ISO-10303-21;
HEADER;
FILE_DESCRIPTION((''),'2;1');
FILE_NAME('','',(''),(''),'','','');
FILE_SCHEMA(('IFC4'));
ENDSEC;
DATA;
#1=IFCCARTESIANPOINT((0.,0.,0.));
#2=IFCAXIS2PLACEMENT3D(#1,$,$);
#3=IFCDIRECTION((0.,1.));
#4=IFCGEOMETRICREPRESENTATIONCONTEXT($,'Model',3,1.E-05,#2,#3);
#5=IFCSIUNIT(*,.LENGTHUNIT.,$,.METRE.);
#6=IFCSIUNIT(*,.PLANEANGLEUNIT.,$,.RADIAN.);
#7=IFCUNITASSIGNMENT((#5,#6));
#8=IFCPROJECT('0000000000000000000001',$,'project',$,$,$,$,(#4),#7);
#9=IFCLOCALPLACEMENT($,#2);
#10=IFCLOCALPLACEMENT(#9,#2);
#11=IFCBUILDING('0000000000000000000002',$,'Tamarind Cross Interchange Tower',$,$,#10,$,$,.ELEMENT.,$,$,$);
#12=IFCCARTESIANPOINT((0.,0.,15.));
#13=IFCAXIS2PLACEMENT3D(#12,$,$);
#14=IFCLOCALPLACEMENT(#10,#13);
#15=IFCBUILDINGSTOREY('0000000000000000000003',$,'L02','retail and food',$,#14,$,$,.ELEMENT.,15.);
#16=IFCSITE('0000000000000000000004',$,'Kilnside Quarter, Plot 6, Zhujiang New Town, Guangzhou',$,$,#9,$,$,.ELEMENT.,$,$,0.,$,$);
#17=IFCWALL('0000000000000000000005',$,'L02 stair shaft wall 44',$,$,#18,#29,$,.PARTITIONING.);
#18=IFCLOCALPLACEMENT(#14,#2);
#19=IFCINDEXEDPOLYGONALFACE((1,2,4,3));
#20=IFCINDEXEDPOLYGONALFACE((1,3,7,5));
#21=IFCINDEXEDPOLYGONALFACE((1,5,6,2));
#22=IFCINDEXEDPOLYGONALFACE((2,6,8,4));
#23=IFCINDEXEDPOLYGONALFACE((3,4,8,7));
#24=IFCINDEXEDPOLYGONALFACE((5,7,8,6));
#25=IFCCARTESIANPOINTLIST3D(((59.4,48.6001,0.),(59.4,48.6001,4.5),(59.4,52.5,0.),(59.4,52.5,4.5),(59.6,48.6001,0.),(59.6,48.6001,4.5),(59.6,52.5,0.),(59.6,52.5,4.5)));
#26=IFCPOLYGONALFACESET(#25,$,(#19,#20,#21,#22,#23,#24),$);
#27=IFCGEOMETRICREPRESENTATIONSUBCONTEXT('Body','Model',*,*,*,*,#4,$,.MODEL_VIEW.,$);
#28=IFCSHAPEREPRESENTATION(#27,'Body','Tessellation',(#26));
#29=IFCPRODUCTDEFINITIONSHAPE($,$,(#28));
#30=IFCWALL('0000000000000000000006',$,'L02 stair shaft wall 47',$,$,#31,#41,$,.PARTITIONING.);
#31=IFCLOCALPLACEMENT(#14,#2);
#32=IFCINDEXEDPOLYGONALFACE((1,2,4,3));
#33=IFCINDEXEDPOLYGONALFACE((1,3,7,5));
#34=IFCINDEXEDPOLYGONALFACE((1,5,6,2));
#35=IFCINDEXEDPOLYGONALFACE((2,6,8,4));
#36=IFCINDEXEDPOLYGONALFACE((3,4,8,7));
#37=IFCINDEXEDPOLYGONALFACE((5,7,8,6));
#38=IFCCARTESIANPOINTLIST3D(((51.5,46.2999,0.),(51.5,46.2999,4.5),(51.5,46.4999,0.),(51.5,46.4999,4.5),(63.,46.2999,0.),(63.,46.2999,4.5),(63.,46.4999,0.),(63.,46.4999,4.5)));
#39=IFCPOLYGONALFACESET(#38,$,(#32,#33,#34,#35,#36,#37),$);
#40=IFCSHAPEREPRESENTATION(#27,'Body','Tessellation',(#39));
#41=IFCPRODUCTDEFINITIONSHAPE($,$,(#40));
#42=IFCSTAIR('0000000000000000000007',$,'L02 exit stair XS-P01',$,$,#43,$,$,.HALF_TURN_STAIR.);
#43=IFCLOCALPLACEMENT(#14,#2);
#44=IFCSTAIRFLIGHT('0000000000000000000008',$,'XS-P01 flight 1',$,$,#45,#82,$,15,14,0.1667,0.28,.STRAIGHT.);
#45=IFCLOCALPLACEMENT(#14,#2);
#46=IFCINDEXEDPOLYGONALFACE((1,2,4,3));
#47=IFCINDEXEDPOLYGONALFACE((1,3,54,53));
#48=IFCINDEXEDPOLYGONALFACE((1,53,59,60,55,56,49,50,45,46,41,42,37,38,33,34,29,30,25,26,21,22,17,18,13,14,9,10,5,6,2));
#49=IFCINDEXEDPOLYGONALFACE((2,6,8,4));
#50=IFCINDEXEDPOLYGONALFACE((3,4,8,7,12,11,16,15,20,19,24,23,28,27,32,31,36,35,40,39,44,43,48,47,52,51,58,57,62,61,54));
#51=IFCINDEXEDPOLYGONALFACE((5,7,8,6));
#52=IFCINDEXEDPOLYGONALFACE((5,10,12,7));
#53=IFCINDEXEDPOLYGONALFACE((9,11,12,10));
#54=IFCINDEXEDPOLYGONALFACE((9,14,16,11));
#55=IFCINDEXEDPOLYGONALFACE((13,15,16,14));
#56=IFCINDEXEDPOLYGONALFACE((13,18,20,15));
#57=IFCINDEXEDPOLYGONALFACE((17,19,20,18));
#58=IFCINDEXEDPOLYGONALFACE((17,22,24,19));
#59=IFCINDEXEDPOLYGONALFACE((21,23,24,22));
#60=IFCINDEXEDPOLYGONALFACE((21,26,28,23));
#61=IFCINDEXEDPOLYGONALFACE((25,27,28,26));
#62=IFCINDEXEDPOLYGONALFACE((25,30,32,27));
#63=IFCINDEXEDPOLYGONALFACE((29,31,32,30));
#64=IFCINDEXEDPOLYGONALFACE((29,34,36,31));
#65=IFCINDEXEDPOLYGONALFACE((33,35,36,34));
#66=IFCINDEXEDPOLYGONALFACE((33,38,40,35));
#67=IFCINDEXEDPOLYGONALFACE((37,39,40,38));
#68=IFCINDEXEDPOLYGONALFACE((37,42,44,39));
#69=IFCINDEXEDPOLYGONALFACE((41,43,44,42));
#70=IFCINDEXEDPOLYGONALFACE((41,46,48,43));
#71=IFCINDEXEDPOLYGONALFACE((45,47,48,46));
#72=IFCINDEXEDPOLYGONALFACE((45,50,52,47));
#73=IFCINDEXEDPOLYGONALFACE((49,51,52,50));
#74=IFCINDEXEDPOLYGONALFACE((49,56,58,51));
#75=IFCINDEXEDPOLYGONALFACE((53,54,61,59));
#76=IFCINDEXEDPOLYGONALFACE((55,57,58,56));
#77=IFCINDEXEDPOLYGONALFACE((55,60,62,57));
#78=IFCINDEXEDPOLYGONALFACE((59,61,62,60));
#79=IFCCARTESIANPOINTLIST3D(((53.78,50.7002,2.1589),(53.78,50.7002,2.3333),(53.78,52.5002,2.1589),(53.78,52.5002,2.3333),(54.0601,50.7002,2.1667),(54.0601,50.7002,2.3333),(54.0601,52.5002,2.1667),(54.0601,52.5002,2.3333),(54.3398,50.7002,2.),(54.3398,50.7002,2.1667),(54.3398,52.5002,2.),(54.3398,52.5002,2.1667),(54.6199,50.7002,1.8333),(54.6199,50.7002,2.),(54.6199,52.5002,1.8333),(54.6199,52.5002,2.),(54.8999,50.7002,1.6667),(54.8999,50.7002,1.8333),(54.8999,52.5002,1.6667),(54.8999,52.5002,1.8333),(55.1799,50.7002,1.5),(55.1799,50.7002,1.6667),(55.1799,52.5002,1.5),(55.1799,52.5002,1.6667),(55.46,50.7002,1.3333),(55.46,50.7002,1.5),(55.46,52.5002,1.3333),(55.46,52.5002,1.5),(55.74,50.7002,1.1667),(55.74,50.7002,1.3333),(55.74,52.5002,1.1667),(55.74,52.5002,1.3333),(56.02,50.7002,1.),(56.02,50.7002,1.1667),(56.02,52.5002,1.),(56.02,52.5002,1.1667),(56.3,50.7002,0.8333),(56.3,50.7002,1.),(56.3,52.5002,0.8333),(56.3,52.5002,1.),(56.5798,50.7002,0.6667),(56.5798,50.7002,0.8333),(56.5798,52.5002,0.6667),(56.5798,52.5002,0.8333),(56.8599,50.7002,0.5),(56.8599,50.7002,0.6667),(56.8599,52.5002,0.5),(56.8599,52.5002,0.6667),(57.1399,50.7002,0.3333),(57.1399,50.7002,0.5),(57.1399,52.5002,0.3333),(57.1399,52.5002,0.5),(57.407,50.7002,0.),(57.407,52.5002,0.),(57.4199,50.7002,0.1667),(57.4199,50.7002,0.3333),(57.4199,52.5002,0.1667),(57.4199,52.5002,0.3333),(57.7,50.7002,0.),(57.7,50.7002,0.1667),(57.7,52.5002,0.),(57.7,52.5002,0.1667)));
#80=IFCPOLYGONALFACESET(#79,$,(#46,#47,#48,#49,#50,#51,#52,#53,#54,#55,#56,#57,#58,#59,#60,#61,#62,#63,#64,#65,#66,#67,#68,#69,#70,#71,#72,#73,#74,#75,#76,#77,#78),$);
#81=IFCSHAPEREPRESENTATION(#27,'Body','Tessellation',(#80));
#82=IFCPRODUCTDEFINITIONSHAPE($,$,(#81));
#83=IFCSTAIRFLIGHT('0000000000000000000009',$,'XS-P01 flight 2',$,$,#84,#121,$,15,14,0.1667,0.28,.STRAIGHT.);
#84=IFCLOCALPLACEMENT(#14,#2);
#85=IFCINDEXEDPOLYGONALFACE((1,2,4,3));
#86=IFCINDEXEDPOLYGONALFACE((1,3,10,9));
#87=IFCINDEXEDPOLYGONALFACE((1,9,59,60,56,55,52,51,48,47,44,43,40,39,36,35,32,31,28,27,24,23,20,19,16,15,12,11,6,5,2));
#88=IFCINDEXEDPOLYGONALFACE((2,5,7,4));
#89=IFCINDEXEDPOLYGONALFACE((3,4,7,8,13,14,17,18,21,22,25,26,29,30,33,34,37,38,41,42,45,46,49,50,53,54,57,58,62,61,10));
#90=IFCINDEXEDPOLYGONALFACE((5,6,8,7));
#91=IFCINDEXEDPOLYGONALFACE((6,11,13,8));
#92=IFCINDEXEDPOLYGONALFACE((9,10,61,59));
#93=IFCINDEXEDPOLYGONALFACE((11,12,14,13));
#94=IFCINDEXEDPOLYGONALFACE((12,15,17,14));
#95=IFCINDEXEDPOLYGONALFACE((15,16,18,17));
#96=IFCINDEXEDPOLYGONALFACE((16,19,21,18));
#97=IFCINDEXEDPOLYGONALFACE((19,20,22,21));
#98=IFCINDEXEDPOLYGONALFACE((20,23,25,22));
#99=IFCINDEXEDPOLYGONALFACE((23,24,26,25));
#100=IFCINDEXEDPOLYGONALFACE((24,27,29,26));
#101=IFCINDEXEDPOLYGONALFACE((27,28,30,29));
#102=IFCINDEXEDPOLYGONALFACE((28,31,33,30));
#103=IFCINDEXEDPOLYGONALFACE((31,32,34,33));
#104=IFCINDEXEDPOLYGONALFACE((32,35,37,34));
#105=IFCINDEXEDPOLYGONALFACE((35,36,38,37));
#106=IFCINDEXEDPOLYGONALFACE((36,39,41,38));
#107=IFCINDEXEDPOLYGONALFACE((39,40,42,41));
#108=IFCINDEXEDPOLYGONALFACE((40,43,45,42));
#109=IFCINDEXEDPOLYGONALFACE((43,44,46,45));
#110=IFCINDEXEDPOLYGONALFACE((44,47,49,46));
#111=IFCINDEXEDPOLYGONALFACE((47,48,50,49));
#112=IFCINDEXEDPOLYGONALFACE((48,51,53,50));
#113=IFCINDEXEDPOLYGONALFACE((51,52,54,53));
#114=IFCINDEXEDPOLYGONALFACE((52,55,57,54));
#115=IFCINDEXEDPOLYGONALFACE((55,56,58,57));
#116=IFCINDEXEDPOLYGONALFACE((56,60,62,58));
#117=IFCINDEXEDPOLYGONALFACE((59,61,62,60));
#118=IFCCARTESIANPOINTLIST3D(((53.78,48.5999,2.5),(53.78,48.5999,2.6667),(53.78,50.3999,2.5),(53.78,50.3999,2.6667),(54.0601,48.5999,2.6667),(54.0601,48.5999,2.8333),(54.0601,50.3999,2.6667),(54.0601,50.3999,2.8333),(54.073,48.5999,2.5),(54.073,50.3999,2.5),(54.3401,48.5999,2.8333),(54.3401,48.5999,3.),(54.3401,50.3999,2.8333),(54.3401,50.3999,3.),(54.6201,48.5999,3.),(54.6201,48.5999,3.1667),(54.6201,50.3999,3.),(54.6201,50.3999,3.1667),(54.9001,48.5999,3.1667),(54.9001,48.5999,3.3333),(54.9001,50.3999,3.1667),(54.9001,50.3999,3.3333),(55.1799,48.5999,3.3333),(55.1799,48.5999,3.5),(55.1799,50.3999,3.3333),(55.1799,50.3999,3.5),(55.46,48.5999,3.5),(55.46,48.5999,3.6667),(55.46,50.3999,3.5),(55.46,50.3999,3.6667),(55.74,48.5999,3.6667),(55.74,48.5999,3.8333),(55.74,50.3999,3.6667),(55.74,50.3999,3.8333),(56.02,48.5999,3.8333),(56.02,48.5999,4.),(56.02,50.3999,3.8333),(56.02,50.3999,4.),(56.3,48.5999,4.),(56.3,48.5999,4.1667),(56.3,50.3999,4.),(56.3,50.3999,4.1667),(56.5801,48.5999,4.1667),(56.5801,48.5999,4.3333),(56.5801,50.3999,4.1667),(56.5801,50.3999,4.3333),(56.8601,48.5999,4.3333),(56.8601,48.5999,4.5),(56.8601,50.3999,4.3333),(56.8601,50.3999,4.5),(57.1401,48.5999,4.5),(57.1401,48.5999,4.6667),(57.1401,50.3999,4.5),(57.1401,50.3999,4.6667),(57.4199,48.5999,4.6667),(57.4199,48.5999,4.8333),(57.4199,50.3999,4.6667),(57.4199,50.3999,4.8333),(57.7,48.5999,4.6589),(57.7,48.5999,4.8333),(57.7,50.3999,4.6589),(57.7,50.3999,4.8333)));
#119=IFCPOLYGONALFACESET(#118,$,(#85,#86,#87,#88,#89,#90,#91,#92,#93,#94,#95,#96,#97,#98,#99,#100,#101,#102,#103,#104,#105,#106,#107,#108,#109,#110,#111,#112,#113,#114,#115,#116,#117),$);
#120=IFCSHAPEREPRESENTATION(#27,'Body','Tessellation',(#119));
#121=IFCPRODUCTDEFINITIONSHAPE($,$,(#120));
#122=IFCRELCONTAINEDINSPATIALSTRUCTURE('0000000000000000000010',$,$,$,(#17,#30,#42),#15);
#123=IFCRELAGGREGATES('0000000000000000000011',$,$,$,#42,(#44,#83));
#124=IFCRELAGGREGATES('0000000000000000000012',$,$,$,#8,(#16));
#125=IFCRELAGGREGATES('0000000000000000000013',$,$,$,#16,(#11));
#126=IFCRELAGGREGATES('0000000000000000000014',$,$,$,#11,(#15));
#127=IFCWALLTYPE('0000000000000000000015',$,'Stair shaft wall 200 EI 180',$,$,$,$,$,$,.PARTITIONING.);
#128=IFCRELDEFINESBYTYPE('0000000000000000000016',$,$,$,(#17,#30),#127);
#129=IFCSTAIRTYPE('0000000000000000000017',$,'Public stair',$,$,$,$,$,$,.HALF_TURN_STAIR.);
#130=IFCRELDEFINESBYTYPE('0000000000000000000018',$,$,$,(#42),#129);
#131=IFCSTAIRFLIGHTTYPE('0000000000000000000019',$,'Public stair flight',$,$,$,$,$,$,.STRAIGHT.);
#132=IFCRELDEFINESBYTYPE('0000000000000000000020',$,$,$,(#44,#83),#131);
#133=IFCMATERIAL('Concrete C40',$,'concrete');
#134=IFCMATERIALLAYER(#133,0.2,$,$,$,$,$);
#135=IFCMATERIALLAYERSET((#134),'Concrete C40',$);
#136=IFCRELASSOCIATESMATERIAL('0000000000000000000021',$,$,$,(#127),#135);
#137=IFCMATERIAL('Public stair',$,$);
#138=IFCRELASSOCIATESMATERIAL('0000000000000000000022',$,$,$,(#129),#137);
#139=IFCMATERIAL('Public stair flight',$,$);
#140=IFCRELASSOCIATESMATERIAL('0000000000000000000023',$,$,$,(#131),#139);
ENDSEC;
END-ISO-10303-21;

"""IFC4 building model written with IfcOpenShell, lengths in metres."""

from ifc_helpers import new_model, si_unit, direction, frame, frame_2d, origin, place, context, subcontext, project, spatial, polyline, rectangle, outline, extrude, material, layer, layer_set, type_object, element, aggregate, save


model = new_model("IFC4")

# Units and contexts
model_context = context("Model", 3, precision=1e-05, world=origin(), true_north=direction((0.0, 1.0)))
body_context = subcontext(model_context, "Body", "Model", "MODEL_VIEW")
ifc_project = project(units=[si_unit("LENGTHUNIT", "METRE"), si_unit("PLANEANGLEUNIT", "RADIAN")], contexts=[model_context])

# Site, building, storey
site_placement = place(None, origin())
site = spatial("IfcSite", under=ifc_project, at=site_placement, Name="Kilnside Quarter, Plot 6, Zhujiang New Town, Guangzhou", CompositionType="ELEMENT", RefElevation=0.0)
building_placement = place(site_placement, origin())
building = spatial("IfcBuilding", under=site, at=building_placement, Name="Tamarind Cross Interchange Tower", CompositionType="ELEMENT")
storey_placement = place(building_placement, frame((0.0, 0.0, 15.0)))
storey = spatial("IfcBuildingStorey", under=building, at=storey_placement, Name="L02", Description="retail and food", CompositionType="ELEMENT", Elevation=15.0)

# Shared definitions
ifc_material_1 = material(Name="Concrete C40", Category="concrete")
ifc_layer_1 = layer(ifc_material_1, 0.2)
ifc_layer_set_1 = layer_set([ifc_layer_1], Name="Concrete C40")
wall_type_1 = type_object("IfcWallType", Name="Stair shaft wall 200 EI 180", PredefinedType="PARTITIONING", material=ifc_layer_set_1)

# Walls
wall_1_placement = place(storey_placement, frame((59.5, 48.6001, 0.0), z_axis=(0.0, 0.0, 1.0), x_axis=(0.0, 1.0, 0.0)))
element("IfcWall", 1, at=wall_1_placement, inside=storey, type_object=wall_type_1, Name="L02 stair shaft wall 44", PredefinedType="PARTITIONING", context=body_context, shape_type="SweptSolid", body=[
    extrude(rectangle(XDim=3.8999, YDim=0.2, at=frame_2d((1.95, 0.0))), origin(), (0.0, 0.0, 1.0), 4.5),
])
wall_2_placement = place(storey_placement, frame((51.5, 46.3999, 0.0), z_axis=(0.0, 0.0, 1.0), x_axis=(1.0, 0.0, 0.0)))
element("IfcWall", 2, at=wall_2_placement, inside=storey, type_object=wall_type_1, Name="L02 stair shaft wall 47", PredefinedType="PARTITIONING", context=body_context, shape_type="SweptSolid", body=[
    extrude(rectangle(XDim=11.5, YDim=0.2, at=frame_2d((5.75, 0.0))), origin(), (0.0, 0.0, 1.0), 4.5),
])

# Stair, stair flights
ifc_material_2 = material(Name="Public stair")
stair_type = type_object("IfcStairType", Name="Public stair", PredefinedType="HALF_TURN_STAIR", material=ifc_material_2)
stair_placement = place(storey_placement, origin())
stair = element("IfcStair", 3, at=stair_placement, inside=storey, type_object=stair_type, Name="L02 exit stair XS-P01", PredefinedType="HALF_TURN_STAIR")
ifc_material_3 = material(Name="Public stair flight")
stair_flight_type = type_object("IfcStairFlightType", Name="Public stair flight", PredefinedType="STRAIGHT", material=ifc_material_3)
stair_flight_1_placement = place(storey_placement, frame((57.7, 51.6001, 0.0), z_axis=(0.0, 0.0, 1.0), x_axis=(-1.0, 0.0, 0.0)))
stair_flight_1 = element("IfcStairFlight", 4, at=stair_flight_1_placement, type_object=stair_flight_type, Name="XS-P01 flight 1", NumberOfRisers=15, NumberOfTreads=14, PredefinedType="STRAIGHT", RiserHeight=0.1667, TreadLength=0.28, context=body_context, shape_type="SweptSolid", body=[
    extrude(outline(polyline([(0.0, 0.0), (0.0, 0.1667), (0.28, 0.1667), (0.28, 0.3333), (0.5601, 0.3333), (0.5601, 0.5), (0.8401, 0.5), (0.8401, 0.6667), (1.1201, 0.6667), (1.1201, 0.8333), (1.3999, 0.8333), (1.3999, 1.0), (1.6799, 1.0), (1.6799, 1.1667), (1.96, 1.1667), (1.96, 1.3333), (2.24, 1.3333), (2.24, 1.5), (2.52, 1.5), (2.52, 1.6667), (2.8, 1.6667), (2.8, 1.8333), (3.0801, 1.8333), (3.0801, 2.0), (3.3601, 2.0), (3.3601, 2.1667), (3.6399, 2.1667), (3.6399, 2.3333), (3.9199, 2.3333), (3.9199, 2.5), (3.9199, 2.1589), (0.293, 0.0), (0.0, 0.0)])), frame((0.0, 0.8999, 0.0), z_axis=(0.0, -1.0, 0.0), x_axis=(1.0, 0.0, 0.0)), (0.0, 0.0, 1.0), 1.8),
])
stair_flight_2_placement = place(storey_placement, frame((53.78, 49.5, 2.5), z_axis=(0.0, 0.0, 1.0), x_axis=(1.0, 0.0, 0.0)))
stair_flight_2 = element("IfcStairFlight", 5, at=stair_flight_2_placement, type_object=stair_flight_type, Name="XS-P01 flight 2", NumberOfRisers=15, NumberOfTreads=14, PredefinedType="STRAIGHT", RiserHeight=0.1667, TreadLength=0.28, context=body_context, shape_type="SweptSolid", body=[
    extrude(outline(polyline([(0.0, 0.0), (0.0, 0.1667), (0.28, 0.1667), (0.28, 0.3333), (0.5601, 0.3333), (0.5601, 0.5), (0.8401, 0.5), (0.8401, 0.6667), (1.1201, 0.6667), (1.1201, 0.8333), (1.3999, 0.8333), (1.3999, 1.0), (1.6799, 1.0), (1.6799, 1.1667), (1.96, 1.1667), (1.96, 1.3333), (2.24, 1.3333), (2.24, 1.5), (2.52, 1.5), (2.52, 1.6667), (2.8, 1.6667), (2.8, 1.8333), (3.0801, 1.8333), (3.0801, 2.0), (3.3601, 2.0), (3.3601, 2.1667), (3.6399, 2.1667), (3.6399, 2.3333), (3.9199, 2.3333), (3.9199, 2.5), (3.9199, 2.1589), (0.293, 0.0), (0.0, 0.0)])), frame((0.0, 0.8999, 0.0), z_axis=(0.0, -1.0, 0.0), x_axis=(1.0, 0.0, 0.0)), (0.0, 0.0, 1.0), 1.8),
])
aggregate(stair, [stair_flight_1, stair_flight_2])

save(model, "model.ifc")
